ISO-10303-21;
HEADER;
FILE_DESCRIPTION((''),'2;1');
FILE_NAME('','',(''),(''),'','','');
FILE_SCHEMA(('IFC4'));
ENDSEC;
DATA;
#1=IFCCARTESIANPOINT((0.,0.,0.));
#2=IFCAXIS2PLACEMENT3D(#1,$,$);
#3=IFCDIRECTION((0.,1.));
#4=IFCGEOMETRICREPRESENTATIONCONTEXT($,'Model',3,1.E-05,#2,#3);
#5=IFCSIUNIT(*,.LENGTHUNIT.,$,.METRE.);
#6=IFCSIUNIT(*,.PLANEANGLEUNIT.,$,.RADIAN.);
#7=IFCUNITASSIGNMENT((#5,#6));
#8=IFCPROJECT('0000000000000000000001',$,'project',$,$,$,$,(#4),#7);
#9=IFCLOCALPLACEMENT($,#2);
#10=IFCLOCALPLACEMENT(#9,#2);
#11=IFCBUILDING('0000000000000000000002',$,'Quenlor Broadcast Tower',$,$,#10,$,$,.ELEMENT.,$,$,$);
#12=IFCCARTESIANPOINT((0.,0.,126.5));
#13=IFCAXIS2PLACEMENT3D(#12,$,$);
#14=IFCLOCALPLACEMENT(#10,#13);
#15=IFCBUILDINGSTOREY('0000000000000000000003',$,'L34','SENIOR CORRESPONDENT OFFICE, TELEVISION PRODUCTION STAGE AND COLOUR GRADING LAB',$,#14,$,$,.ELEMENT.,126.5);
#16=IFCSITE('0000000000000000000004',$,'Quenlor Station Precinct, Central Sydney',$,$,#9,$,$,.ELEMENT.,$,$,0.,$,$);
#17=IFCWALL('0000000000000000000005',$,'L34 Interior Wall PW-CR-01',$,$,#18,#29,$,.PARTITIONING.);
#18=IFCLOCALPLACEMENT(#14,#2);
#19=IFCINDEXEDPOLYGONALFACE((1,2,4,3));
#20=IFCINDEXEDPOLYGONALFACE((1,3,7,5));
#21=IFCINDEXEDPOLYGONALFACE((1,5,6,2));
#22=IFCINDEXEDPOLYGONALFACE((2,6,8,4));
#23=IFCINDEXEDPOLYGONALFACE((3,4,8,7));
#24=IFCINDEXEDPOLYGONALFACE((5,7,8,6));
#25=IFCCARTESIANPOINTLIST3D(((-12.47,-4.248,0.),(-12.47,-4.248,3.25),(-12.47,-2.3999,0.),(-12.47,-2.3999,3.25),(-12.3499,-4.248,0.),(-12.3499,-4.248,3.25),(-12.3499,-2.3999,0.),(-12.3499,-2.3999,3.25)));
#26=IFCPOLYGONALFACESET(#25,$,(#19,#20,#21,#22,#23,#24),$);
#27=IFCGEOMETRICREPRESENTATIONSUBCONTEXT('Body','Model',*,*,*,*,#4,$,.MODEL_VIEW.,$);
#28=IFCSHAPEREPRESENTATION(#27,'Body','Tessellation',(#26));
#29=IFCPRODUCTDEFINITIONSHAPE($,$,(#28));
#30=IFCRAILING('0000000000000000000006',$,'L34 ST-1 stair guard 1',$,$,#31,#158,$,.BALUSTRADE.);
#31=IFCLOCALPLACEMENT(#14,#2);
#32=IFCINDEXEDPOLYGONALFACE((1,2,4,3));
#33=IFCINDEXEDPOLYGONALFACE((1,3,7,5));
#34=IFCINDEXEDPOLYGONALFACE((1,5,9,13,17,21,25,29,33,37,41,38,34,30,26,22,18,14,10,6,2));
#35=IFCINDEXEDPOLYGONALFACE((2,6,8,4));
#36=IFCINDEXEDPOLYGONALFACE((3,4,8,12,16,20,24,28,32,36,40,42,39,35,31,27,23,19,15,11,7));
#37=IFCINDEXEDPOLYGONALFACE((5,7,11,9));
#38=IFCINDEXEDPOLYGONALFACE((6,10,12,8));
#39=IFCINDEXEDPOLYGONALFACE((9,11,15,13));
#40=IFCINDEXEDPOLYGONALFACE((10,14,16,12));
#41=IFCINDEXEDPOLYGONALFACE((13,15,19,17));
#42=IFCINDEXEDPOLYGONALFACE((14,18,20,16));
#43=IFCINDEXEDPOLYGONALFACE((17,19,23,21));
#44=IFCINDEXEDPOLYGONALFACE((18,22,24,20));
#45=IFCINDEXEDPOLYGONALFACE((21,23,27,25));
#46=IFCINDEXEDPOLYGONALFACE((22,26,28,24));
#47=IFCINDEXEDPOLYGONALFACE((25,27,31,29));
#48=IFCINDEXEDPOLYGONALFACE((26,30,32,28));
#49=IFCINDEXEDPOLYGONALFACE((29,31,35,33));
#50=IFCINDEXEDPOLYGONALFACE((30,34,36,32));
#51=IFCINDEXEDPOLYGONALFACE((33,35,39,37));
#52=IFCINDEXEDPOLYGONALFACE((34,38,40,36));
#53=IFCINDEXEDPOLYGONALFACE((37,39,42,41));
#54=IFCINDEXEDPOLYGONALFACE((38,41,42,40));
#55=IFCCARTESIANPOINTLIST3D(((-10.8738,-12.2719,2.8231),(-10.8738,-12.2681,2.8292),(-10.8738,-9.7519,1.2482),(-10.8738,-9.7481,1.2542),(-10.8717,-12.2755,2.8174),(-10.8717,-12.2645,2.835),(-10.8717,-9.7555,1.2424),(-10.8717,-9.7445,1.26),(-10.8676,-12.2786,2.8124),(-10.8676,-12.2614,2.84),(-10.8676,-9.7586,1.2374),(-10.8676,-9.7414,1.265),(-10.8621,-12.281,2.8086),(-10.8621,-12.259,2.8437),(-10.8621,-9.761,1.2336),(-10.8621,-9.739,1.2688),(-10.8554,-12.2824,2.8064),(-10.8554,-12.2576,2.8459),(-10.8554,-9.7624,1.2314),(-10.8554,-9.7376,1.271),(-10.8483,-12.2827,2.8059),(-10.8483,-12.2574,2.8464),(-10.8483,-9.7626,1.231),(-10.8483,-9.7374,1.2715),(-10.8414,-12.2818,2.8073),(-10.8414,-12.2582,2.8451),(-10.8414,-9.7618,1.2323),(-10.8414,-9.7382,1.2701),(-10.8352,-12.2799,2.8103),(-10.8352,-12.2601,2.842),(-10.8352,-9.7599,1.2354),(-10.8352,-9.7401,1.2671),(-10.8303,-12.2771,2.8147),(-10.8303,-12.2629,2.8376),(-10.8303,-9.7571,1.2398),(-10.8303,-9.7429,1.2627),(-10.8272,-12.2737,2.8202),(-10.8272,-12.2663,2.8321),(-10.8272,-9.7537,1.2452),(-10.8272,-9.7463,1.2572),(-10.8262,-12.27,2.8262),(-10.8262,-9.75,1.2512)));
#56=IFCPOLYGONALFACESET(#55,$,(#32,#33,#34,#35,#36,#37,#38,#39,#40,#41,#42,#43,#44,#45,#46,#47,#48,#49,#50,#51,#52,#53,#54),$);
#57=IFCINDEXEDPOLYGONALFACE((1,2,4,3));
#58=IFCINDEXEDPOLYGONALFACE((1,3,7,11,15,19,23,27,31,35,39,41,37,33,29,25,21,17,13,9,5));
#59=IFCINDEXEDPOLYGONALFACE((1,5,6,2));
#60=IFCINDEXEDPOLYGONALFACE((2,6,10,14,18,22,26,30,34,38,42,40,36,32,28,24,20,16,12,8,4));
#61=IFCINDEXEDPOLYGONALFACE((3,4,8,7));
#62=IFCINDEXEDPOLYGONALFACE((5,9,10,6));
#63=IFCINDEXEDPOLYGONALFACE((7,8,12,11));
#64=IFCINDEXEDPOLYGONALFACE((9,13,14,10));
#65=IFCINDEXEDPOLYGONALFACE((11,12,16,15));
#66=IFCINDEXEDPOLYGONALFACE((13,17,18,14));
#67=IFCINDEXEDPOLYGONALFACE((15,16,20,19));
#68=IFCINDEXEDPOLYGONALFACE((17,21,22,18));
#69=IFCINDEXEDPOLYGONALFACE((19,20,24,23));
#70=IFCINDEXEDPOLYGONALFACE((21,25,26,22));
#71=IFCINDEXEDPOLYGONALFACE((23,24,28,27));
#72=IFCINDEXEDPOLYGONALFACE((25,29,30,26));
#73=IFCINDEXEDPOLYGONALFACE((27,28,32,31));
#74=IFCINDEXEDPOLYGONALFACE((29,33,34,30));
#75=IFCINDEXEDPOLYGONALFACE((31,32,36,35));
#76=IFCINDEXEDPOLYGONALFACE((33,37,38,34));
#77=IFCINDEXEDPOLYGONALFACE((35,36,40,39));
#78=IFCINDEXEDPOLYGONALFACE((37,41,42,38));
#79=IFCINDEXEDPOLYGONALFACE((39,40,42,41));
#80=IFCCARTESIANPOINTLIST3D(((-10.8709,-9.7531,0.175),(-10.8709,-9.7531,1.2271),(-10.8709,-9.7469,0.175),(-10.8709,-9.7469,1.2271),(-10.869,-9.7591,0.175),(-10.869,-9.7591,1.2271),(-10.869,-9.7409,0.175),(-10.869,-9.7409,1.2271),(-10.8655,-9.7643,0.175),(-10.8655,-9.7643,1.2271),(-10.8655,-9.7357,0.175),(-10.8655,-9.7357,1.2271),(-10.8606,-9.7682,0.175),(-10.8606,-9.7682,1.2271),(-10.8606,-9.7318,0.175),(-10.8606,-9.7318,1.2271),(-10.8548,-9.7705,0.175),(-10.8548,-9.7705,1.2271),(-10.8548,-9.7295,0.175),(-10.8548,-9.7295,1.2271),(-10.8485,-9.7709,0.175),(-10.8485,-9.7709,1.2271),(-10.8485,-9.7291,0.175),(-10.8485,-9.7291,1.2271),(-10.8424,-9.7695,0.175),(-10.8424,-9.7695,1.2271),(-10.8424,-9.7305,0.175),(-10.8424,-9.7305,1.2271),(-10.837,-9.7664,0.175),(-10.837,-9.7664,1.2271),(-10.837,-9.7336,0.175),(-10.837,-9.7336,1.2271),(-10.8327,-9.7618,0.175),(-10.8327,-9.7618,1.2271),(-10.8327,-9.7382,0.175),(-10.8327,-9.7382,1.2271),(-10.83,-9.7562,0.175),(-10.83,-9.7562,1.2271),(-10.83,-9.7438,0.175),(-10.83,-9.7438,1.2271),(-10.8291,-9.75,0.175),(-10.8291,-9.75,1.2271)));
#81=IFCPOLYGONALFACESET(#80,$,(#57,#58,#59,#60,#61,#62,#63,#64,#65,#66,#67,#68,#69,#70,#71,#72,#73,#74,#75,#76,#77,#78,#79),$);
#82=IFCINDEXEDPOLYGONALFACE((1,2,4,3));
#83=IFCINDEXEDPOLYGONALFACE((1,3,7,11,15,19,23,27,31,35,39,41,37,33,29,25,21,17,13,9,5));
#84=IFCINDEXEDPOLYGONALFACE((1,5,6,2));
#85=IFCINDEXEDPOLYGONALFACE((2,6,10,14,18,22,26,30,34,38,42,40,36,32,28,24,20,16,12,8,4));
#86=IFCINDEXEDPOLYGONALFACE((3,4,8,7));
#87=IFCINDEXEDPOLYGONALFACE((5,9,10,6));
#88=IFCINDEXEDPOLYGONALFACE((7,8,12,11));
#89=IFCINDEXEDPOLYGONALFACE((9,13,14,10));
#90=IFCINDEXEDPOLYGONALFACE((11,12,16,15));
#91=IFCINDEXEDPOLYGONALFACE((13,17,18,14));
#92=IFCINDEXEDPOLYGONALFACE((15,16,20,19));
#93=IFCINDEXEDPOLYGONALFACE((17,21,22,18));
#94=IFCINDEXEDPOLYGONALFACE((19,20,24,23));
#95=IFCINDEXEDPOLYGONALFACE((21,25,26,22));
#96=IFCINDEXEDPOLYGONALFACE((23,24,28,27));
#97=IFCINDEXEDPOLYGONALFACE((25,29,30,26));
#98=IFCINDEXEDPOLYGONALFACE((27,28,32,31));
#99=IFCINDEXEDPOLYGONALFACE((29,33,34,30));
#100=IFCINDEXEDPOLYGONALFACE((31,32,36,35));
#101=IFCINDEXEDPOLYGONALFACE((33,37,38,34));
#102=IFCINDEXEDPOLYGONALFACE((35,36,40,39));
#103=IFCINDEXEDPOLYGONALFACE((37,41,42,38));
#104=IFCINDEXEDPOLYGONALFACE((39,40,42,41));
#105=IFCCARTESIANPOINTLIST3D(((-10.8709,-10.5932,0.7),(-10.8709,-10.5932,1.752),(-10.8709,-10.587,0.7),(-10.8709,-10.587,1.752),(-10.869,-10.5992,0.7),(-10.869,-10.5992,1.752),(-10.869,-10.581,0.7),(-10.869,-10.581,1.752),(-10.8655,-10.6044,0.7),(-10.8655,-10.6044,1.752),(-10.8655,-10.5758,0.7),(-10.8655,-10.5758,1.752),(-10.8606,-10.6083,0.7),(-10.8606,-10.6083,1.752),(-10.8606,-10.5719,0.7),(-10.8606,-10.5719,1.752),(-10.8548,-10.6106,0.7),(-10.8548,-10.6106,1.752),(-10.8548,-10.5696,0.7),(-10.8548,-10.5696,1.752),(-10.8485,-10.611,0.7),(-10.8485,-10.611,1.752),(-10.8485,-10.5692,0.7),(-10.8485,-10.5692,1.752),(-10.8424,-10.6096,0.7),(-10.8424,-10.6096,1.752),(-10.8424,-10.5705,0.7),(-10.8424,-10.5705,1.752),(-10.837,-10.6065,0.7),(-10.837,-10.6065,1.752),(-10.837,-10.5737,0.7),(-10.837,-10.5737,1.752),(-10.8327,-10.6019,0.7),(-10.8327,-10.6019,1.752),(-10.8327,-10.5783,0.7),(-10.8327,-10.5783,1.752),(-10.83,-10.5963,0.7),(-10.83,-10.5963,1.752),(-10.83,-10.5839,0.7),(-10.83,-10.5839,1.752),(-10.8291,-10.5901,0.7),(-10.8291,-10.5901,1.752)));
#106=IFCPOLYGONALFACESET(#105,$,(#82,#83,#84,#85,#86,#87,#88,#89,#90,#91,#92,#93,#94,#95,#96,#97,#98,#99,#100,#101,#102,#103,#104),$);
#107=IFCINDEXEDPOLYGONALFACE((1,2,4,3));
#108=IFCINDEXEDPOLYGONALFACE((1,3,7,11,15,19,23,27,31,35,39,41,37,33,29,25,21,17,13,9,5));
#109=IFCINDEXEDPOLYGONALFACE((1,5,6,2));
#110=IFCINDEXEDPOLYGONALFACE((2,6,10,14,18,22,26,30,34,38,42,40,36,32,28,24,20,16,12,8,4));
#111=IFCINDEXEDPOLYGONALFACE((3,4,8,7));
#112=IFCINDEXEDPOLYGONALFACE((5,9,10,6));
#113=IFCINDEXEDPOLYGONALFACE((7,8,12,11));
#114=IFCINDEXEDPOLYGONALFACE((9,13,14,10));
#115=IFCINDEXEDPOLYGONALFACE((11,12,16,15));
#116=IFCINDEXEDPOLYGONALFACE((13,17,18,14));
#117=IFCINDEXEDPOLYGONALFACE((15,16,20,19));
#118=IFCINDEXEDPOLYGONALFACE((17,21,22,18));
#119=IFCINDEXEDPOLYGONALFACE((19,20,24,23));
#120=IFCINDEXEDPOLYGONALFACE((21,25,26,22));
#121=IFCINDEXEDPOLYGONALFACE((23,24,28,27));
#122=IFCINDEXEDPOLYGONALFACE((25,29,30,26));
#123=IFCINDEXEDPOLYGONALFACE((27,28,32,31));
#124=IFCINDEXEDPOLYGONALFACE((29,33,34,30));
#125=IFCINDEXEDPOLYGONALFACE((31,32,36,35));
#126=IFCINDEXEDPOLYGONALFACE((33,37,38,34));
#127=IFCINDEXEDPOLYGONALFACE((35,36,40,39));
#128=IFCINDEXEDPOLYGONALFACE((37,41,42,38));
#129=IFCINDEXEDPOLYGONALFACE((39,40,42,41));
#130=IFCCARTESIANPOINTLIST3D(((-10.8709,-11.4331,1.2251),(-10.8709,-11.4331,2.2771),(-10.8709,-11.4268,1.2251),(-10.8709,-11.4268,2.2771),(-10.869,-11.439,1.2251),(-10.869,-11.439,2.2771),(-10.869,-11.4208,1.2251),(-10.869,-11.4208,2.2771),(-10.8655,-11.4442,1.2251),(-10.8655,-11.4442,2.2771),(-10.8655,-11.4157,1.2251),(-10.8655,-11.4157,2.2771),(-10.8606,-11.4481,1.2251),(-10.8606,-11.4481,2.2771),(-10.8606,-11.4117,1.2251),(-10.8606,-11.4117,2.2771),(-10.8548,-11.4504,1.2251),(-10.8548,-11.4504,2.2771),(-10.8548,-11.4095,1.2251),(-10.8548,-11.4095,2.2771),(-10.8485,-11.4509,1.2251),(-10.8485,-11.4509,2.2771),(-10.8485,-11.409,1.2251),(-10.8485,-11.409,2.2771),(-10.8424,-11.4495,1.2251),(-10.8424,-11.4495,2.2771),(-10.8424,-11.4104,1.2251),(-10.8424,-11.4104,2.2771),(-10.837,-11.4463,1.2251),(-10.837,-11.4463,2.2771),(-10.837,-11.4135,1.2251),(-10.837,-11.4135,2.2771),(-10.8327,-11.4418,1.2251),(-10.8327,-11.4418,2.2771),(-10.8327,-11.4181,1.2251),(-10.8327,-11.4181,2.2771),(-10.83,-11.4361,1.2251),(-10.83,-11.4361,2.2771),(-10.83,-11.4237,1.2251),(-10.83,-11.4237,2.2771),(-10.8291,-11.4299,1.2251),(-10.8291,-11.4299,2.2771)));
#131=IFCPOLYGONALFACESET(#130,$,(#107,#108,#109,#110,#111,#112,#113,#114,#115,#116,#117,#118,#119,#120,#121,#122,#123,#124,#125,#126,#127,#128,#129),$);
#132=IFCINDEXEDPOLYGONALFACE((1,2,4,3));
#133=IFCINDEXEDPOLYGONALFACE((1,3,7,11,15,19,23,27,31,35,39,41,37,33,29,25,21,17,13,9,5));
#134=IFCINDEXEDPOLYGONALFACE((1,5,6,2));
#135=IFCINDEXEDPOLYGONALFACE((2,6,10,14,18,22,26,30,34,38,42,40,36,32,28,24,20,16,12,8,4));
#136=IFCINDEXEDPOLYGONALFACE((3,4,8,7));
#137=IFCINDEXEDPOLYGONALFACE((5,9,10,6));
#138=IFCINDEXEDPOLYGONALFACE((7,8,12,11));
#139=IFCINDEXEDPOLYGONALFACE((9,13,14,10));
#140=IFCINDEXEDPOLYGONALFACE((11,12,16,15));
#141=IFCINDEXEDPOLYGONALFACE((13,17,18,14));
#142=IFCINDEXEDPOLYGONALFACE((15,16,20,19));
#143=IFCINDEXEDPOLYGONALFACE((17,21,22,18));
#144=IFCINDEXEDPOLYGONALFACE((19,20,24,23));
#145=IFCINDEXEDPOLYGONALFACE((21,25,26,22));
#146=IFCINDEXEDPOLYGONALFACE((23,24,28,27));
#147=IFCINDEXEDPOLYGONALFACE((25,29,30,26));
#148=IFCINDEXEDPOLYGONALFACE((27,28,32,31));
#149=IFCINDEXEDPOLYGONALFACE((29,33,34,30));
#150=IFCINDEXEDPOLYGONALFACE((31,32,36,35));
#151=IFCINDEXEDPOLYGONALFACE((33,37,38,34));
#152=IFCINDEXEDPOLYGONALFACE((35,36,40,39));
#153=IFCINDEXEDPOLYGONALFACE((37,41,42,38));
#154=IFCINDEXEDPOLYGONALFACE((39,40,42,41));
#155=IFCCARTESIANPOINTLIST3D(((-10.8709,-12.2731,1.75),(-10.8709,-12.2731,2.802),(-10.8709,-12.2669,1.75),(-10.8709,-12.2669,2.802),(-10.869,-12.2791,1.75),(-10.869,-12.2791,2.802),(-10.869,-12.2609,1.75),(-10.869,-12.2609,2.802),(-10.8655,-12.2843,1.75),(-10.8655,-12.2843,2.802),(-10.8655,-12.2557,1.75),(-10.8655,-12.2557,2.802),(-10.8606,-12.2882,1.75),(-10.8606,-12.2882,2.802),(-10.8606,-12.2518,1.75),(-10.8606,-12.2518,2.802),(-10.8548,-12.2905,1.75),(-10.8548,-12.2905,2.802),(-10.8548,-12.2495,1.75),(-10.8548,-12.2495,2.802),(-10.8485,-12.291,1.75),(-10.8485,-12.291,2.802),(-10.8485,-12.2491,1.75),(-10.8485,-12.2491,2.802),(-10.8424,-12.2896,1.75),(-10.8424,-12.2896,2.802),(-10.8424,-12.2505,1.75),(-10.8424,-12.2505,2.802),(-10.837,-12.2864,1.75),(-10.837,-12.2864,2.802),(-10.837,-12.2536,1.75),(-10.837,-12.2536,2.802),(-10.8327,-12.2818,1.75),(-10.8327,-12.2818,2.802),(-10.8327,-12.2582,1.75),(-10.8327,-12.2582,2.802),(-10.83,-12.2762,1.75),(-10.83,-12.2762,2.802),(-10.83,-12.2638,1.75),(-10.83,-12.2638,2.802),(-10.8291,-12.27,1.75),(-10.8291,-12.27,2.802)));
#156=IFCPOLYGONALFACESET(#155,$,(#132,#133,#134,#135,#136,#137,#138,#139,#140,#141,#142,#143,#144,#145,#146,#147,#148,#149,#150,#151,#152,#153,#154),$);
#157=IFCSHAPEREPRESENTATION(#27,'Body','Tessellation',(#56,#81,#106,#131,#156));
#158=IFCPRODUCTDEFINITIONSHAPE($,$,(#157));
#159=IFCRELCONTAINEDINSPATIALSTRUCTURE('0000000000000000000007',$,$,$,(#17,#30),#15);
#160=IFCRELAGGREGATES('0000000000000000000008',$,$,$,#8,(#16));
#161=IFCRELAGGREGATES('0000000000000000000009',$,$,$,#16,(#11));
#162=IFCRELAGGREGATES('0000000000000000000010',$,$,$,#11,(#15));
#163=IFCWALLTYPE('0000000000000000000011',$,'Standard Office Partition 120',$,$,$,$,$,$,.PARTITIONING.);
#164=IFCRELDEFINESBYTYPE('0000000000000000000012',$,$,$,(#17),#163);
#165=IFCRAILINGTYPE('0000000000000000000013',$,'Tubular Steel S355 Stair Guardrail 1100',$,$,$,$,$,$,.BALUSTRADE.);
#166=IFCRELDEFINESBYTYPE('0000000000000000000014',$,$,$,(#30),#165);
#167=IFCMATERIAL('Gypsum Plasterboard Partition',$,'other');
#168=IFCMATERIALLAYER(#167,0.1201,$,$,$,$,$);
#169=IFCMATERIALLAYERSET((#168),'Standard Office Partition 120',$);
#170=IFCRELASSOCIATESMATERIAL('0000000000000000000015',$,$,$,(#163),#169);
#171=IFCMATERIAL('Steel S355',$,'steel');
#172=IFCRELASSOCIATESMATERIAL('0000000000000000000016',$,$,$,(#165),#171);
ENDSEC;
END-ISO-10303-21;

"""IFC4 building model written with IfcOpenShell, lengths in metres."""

from ifc_helpers import new_model, si_unit, direction, frame, frame_2d, origin, origin_2d, place, context, subcontext, project, spatial, rectangle, circle, extrude, material, layer, layer_set, type_object, element, save


model = new_model("IFC4")

# Units and contexts
model_context = context("Model", 3, precision=1e-05, world=origin(), true_north=direction((0.0, 1.0)))
body_context = subcontext(model_context, "Body", "Model", "MODEL_VIEW")
ifc_project = project(units=[si_unit("LENGTHUNIT", "METRE"), si_unit("PLANEANGLEUNIT", "RADIAN")], contexts=[model_context])

# Site, building, storey
site_placement = place(None, origin())
site = spatial("IfcSite", under=ifc_project, at=site_placement, Name="Quenlor Station Precinct, Central Sydney", CompositionType="ELEMENT", RefElevation=0.0)
building_placement = place(site_placement, origin())
building = spatial("IfcBuilding", under=site, at=building_placement, Name="Quenlor Broadcast Tower", CompositionType="ELEMENT")
storey_placement = place(building_placement, frame((0.0, 0.0, 126.5)))
storey = spatial("IfcBuildingStorey", under=building, at=storey_placement, Name="L34", Description="SENIOR CORRESPONDENT OFFICE, TELEVISION PRODUCTION STAGE AND COLOUR GRADING LAB", CompositionType="ELEMENT", Elevation=126.5)

# Shared definitions
ifc_material_1 = material(Name="Gypsum Plasterboard Partition", Category="other")
ifc_layer_1 = layer(ifc_material_1, 0.1201)
ifc_layer_set_1 = layer_set([ifc_layer_1], Name="Standard Office Partition 120")
wall_type_1 = type_object("IfcWallType", Name="Standard Office Partition 120", PredefinedType="PARTITIONING", material=ifc_layer_set_1)

# Wall
wall_1_placement = place(storey_placement, frame((-12.4099, -4.248, 0.0), z_axis=(0.0, 0.0, 1.0), x_axis=(0.0, 1.0, 0.0)))
element("IfcWall", 1, at=wall_1_placement, inside=storey, type_object=wall_type_1, Name="L34 Interior Wall PW-CR-01", PredefinedType="PARTITIONING", context=body_context, shape_type="SweptSolid", body=[
    extrude(rectangle(XDim=1.8481, YDim=0.1201, at=frame_2d((0.9241, 0.0))), origin(), (0.0, 0.0, 1.0), 3.25),
])

# Railing
ifc_material_2 = material(Name="Steel S355", Category="steel")
railing_type = type_object("IfcRailingType", Name="Tubular Steel S355 Stair Guardrail 1100", PredefinedType="BALUSTRADE", material=ifc_material_2)
railing_1_placement = place(storey_placement, frame((-10.8501, -9.75, 0.175)))
element("IfcRailing", 2, at=railing_1_placement, inside=storey, type_object=railing_type, Name="L34 ST-1 stair guard 1", PredefinedType="BALUSTRADE", context=body_context, shape_type="SweptSolid", body=[
    extrude(circle(Radius=0.0239, at=origin_2d()), frame((0.0, 0.0, 1.0762), z_axis=(0.0, -0.848008, 0.529984), x_axis=(1.0, 0.0, 0.0)), (0.0, 0.0, 1.0), 2.9717),
    extrude(circle(Radius=0.021, at=origin_2d()), origin(), (0.0, 0.0, 1.0), 1.052),
    extrude(circle(Radius=0.021, at=origin_2d()), frame((0.0, -0.8401, 0.5249)), (0.0, 0.0, 1.0), 1.052),
    extrude(circle(Radius=0.021, at=origin_2d()), frame((0.0, -1.6799, 1.05)), (0.0, 0.0, 1.0), 1.052),
    extrude(circle(Radius=0.021, at=origin_2d()), frame((0.0, -2.52, 1.575)), (0.0, 0.0, 1.0), 1.052),
])

save(model, "model.ifc")
